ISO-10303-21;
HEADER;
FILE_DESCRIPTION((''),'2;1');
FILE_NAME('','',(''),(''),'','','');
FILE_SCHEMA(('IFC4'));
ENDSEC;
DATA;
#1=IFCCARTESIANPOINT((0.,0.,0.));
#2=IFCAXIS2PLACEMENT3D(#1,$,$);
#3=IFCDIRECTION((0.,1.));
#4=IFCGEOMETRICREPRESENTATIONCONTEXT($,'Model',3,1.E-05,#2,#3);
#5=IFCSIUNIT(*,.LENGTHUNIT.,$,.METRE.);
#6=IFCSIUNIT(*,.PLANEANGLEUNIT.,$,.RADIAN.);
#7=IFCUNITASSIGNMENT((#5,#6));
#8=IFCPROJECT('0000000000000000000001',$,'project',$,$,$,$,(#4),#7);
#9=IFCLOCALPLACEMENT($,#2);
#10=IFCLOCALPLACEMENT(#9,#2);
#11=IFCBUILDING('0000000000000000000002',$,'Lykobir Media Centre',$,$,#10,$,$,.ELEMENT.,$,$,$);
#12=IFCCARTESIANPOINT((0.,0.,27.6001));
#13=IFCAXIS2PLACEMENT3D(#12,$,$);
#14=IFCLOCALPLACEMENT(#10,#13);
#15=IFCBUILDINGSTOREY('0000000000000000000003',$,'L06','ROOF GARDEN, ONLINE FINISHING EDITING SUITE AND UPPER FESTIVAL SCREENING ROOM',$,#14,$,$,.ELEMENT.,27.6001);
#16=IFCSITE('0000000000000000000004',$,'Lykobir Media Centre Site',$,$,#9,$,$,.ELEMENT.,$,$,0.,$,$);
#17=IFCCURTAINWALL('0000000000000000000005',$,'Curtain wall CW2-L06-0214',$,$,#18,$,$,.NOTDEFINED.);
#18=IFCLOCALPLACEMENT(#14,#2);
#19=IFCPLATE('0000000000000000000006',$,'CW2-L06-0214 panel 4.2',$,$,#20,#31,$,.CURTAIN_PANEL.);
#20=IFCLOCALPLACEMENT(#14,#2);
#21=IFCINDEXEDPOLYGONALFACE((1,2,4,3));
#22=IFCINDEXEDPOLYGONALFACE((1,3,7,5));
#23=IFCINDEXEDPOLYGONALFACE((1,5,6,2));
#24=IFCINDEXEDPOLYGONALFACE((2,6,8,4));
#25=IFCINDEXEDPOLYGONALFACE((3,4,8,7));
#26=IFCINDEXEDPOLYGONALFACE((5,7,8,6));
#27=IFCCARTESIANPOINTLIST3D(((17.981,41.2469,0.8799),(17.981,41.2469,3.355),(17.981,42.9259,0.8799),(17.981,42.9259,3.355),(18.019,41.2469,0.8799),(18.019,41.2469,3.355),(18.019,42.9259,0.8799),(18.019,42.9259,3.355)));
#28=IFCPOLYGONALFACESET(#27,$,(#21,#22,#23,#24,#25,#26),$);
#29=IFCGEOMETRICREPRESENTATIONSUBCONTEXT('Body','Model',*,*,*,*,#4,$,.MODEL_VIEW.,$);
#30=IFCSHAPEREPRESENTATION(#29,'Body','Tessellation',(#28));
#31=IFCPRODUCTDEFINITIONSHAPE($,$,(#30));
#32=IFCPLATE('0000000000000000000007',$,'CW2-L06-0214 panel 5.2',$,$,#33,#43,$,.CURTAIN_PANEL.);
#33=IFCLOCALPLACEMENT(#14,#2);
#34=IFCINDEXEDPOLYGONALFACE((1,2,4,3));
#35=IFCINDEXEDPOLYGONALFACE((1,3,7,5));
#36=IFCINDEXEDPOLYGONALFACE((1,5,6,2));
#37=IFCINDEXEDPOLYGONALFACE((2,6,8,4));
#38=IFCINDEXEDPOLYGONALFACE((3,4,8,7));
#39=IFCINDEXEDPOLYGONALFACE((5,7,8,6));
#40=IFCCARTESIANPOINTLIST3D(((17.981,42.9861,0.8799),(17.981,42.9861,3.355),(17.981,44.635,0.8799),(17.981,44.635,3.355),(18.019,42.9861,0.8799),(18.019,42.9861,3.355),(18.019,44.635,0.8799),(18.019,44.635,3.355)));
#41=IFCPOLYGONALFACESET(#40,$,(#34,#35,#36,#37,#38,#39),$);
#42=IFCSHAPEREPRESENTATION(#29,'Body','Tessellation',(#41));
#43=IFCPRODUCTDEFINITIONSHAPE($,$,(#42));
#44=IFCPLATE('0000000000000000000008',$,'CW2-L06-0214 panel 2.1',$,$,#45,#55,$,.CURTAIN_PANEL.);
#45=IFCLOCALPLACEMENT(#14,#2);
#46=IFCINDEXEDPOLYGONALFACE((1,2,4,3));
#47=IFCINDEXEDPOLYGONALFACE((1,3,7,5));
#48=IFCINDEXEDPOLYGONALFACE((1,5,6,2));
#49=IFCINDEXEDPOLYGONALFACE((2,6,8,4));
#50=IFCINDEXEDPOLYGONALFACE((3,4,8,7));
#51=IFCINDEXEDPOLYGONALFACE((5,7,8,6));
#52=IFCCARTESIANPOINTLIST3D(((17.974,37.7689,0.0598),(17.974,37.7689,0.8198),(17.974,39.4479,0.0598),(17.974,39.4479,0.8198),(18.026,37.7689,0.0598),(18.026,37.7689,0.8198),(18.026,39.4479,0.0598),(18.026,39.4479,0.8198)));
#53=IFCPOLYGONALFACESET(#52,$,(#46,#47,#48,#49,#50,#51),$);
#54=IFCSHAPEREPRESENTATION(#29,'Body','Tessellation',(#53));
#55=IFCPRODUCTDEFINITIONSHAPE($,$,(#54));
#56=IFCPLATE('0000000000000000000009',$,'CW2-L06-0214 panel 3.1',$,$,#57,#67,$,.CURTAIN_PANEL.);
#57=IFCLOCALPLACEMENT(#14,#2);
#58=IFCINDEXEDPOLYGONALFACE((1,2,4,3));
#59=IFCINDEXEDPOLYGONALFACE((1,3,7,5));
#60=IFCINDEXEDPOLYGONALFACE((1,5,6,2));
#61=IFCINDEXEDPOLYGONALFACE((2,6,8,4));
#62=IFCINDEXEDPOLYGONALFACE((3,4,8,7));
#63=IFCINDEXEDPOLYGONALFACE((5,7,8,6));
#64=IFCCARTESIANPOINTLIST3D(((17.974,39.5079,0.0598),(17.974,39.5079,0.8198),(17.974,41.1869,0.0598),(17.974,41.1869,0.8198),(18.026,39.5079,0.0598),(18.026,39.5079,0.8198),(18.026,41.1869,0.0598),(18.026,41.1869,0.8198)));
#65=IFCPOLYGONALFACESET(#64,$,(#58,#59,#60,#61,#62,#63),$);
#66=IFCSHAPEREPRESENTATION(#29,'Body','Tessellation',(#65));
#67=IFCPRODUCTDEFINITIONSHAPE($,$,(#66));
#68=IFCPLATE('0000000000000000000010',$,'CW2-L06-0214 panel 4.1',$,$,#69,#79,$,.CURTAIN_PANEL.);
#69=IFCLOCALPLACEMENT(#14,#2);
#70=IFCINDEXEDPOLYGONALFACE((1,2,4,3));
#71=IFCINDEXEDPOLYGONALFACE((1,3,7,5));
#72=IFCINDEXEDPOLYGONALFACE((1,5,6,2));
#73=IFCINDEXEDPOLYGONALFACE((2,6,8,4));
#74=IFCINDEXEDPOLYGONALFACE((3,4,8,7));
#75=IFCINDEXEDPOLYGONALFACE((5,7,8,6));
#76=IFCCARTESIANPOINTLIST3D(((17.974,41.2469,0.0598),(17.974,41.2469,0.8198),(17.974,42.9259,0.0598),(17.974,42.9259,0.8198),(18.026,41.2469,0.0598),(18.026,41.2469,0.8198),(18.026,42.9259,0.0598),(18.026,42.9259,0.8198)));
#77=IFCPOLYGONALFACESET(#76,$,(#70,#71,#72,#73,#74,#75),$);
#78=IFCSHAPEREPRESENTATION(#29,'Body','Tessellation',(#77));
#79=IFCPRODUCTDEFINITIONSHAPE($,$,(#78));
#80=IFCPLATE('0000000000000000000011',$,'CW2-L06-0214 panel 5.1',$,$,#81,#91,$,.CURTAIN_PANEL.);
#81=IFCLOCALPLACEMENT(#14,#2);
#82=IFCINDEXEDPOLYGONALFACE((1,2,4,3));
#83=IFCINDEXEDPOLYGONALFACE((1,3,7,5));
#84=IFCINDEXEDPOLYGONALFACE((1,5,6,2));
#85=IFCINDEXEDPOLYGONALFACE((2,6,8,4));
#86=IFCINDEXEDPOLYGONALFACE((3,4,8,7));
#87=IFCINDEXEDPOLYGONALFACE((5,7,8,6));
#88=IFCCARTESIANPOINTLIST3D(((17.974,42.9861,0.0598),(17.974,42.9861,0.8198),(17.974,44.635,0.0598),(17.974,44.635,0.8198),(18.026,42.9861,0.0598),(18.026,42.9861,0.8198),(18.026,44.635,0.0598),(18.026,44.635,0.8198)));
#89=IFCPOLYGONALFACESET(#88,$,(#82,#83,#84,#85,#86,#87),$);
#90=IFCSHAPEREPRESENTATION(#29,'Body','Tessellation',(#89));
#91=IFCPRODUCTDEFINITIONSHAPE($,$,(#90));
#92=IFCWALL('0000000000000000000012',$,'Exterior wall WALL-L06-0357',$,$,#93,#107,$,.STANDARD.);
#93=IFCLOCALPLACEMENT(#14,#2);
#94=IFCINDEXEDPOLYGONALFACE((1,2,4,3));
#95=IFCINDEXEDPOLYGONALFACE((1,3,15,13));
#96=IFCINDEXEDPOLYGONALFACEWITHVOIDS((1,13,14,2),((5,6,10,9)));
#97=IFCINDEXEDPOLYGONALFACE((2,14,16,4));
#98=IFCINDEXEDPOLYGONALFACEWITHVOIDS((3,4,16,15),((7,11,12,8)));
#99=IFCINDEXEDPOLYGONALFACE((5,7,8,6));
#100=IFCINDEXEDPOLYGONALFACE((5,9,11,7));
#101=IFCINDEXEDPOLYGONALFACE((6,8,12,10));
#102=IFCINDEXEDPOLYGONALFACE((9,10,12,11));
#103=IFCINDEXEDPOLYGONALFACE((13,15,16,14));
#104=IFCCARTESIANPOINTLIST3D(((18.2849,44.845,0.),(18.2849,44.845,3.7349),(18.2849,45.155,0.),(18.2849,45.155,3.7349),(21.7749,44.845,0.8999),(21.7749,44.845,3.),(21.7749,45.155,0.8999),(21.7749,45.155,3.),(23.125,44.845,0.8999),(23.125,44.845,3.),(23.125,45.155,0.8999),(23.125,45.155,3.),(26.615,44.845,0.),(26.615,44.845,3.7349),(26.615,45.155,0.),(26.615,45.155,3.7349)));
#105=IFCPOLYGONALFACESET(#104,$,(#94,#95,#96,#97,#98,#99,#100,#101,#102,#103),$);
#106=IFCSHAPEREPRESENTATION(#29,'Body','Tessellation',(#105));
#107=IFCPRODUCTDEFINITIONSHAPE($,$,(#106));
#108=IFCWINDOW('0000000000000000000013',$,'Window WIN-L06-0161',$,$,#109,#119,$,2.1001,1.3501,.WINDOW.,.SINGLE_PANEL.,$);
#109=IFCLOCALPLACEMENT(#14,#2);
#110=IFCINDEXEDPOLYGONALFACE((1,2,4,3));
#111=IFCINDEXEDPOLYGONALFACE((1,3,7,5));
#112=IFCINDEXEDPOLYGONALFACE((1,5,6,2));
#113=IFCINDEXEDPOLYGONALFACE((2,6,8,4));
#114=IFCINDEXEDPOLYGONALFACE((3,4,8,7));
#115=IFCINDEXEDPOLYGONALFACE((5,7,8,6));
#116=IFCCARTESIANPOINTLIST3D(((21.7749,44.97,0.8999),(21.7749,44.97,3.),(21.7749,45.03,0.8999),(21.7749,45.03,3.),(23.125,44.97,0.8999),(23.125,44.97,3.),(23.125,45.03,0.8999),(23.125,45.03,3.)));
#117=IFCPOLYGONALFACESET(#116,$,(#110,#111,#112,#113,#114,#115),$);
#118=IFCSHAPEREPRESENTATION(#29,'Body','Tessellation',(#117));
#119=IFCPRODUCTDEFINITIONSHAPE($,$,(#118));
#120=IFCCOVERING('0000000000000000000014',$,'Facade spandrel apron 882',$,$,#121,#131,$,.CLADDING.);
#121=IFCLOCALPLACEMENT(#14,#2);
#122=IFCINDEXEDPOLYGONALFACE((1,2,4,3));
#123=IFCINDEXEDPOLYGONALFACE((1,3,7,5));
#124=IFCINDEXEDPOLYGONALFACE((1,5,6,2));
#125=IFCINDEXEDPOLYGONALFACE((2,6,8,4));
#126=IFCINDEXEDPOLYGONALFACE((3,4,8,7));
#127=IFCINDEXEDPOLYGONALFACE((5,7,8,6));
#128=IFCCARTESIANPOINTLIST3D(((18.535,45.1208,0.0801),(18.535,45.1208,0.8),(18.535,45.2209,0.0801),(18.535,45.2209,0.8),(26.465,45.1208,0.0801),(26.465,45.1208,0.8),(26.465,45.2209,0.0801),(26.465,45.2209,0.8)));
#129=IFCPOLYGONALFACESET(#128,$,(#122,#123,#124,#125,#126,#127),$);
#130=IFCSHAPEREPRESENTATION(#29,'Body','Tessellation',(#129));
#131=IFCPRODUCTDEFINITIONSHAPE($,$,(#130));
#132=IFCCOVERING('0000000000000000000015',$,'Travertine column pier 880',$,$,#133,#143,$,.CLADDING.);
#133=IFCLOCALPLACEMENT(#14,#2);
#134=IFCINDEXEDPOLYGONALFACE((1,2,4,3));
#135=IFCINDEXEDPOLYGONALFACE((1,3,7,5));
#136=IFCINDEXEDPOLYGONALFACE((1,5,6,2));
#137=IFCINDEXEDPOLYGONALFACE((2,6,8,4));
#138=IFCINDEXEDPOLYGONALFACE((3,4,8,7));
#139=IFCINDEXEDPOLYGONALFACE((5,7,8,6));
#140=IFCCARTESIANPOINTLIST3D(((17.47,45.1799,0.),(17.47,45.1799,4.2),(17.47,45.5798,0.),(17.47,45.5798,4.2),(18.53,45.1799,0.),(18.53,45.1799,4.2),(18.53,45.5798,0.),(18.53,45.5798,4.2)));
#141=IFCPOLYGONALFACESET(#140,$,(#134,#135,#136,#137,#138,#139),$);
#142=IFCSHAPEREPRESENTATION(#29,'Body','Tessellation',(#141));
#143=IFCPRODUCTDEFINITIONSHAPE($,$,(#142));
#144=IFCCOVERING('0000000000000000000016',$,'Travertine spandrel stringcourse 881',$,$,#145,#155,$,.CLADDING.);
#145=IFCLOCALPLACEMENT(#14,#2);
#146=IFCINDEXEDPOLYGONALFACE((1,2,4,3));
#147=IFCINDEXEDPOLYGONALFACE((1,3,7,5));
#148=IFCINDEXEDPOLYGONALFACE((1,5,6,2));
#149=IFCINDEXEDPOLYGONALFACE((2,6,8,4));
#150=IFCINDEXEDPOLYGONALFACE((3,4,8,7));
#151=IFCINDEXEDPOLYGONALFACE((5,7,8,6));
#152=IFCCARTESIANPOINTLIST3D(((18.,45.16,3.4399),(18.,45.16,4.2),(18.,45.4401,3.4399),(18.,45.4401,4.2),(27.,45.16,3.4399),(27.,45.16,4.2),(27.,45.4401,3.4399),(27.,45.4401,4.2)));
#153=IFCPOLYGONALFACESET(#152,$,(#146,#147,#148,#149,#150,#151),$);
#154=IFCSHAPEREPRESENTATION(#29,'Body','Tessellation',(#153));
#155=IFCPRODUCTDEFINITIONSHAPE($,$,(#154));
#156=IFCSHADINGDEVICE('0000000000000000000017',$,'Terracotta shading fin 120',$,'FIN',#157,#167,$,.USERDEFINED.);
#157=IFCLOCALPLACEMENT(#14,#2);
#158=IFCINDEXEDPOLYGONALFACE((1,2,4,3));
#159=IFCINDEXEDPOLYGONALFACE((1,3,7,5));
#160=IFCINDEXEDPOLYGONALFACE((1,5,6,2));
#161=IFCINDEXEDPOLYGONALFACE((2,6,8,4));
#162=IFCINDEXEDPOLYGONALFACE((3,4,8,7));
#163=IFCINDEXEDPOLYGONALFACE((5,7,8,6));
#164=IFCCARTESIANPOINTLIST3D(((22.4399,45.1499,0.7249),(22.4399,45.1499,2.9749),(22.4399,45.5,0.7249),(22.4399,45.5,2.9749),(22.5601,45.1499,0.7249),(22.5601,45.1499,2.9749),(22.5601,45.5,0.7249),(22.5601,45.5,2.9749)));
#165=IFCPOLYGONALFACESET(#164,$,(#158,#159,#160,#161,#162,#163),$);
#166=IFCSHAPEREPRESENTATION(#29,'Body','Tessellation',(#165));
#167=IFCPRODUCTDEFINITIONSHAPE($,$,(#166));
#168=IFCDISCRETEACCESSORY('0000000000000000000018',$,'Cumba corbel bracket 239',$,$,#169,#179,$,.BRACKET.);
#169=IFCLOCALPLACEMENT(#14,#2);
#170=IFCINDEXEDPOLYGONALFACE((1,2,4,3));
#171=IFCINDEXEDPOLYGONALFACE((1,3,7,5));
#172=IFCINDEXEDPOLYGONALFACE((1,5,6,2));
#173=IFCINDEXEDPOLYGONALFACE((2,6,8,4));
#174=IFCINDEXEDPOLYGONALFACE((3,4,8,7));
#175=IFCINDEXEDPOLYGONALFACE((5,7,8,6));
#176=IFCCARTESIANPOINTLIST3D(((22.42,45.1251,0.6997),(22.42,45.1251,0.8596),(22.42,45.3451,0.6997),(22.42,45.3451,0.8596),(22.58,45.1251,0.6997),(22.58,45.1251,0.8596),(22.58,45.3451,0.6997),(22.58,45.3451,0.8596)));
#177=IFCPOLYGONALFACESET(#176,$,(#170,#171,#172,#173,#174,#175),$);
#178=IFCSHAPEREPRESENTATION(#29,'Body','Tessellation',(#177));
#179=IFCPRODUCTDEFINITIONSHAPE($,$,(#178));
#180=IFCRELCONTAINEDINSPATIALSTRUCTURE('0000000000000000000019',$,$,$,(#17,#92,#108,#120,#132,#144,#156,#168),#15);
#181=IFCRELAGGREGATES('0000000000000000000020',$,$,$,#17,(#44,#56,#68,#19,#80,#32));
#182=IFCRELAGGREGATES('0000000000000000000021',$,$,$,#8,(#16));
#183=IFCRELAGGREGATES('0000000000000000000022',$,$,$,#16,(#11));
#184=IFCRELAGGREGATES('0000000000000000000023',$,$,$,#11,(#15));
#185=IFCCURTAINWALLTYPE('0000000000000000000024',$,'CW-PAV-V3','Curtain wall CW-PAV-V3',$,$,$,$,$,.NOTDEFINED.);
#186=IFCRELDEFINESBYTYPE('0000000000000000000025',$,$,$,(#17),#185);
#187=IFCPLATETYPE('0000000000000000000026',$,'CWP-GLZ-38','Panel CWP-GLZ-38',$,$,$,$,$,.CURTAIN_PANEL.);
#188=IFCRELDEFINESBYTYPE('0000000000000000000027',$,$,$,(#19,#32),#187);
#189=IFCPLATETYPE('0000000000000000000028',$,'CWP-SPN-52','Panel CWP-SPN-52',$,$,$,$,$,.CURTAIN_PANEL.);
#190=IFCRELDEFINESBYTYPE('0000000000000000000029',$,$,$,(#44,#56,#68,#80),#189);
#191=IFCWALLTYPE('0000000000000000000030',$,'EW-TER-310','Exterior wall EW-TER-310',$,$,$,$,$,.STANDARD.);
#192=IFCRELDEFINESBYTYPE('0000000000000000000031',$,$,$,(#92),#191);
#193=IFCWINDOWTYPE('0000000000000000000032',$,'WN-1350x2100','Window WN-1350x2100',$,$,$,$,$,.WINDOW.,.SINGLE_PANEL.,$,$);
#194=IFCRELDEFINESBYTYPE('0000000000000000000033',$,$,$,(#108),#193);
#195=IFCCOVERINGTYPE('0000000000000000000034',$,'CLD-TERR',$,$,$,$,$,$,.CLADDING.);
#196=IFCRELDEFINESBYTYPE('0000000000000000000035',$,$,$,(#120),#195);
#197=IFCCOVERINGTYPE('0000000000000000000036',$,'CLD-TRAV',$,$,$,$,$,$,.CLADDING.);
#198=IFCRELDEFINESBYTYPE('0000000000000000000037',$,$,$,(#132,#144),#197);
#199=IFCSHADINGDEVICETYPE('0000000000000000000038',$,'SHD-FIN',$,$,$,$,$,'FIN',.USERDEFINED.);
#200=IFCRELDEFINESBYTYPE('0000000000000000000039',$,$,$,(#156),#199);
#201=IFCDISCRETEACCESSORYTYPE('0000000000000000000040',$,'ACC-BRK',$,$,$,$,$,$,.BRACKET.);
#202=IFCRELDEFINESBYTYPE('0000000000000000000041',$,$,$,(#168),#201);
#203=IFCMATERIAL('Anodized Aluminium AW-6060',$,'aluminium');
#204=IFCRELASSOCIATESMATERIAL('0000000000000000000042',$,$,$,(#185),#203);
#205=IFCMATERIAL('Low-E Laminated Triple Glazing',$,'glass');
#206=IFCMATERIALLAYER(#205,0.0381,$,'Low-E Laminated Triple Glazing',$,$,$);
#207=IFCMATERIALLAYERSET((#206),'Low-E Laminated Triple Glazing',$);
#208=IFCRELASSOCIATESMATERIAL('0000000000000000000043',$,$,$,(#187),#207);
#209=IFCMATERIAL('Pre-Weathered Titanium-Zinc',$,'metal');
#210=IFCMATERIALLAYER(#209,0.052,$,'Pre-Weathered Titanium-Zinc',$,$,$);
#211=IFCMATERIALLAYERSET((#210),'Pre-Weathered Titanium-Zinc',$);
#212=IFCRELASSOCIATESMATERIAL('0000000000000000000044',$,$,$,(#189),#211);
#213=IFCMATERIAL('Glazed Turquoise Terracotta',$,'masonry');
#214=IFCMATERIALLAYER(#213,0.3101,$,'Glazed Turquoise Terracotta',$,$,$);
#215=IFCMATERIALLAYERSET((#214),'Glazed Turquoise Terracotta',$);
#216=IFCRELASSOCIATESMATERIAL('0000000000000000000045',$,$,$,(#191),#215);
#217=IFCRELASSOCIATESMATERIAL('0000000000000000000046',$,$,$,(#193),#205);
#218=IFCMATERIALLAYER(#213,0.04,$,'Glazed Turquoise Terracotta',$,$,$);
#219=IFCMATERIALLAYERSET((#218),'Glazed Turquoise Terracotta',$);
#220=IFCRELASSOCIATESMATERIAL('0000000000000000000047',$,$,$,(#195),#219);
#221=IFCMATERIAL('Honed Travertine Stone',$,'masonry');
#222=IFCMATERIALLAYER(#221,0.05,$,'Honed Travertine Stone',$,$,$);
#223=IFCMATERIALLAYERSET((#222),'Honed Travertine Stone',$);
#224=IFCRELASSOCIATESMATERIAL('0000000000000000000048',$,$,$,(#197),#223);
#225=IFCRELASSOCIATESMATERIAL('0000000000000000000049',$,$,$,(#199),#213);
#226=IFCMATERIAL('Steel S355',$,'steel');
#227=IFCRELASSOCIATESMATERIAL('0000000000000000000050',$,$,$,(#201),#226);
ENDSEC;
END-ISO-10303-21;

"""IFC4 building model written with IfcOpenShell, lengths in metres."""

from ifc_helpers import new_model, si_unit, direction, frame, frame_2d, origin, origin_2d, place, context, subcontext, project, spatial, rectangle, extrude, material, layer, layer_set, type_object, element, fill, aggregate, save


model = new_model("IFC4")

# Units and contexts
model_context = context("Model", 3, precision=1e-05, world=origin(), true_north=direction((0.0, 1.0)))
body_context = subcontext(model_context, "Body", "Model", "MODEL_VIEW")
ifc_project = project(units=[si_unit("LENGTHUNIT", "METRE"), si_unit("PLANEANGLEUNIT", "RADIAN")], contexts=[model_context])

# Site, building, storey
site_placement = place(None, origin())
site = spatial("IfcSite", under=ifc_project, at=site_placement, Name="Lykobir Media Centre Site", CompositionType="ELEMENT", RefElevation=0.0)
building_placement = place(site_placement, origin())
building = spatial("IfcBuilding", under=site, at=building_placement, Name="Lykobir Media Centre", CompositionType="ELEMENT")
storey_placement = place(building_placement, frame((0.0, 0.0, 27.6001)))
storey = spatial("IfcBuildingStorey", under=building, at=storey_placement, Name="L06", Description="ROOF GARDEN, ONLINE FINISHING EDITING SUITE AND UPPER FESTIVAL SCREENING ROOM", CompositionType="ELEMENT", Elevation=27.6001)

# Curtain wall
ifc_material_1 = material(Name="Anodized Aluminium AW-6060", Category="aluminium")
curtain_wall_type = type_object("IfcCurtainWallType", Name="CW-PAV-V3", Description="Curtain wall CW-PAV-V3", PredefinedType="NOTDEFINED", material=ifc_material_1)
curtain_wall_placement = place(storey_placement, origin())
curtain_wall = element("IfcCurtainWall", 1, at=curtain_wall_placement, inside=storey, type_object=curtain_wall_type, Name="Curtain wall CW2-L06-0214", PredefinedType="NOTDEFINED")

# Shared definitions
ifc_material_2 = material(Name="Steel S355", Category="steel")

# Plates
ifc_material_3 = material(Name="Low-E Laminated Triple Glazing", Category="glass")
ifc_layer_1 = layer(ifc_material_3, 0.0381, Name="Low-E Laminated Triple Glazing")
ifc_layer_set_1 = layer_set([ifc_layer_1], Name="Low-E Laminated Triple Glazing")
plate_type_1 = type_object("IfcPlateType", Name="CWP-GLZ-38", Description="Panel CWP-GLZ-38", PredefinedType="CURTAIN_PANEL", material=ifc_layer_set_1)
plate_1_placement = place(storey_placement, frame((18.0, 42.0864, 0.8799), z_axis=(0.0, 0.0, 1.0), x_axis=(0.0, 1.0, 0.0)))
plate_1 = element("IfcPlate", 2, at=plate_1_placement, type_object=plate_type_1, Name="CW2-L06-0214 panel 4.2", PredefinedType="CURTAIN_PANEL", context=body_context, shape_type="SweptSolid", body=[
    extrude(rectangle(XDim=1.679, YDim=0.0381, at=origin_2d()), origin(), (0.0, 0.0, 1.0), 2.4751),
])
plate_2_placement = place(storey_placement, frame((18.0, 43.8105, 0.8799), z_axis=(0.0, 0.0, 1.0), x_axis=(0.0, 1.0, 0.0)))
plate_2 = element("IfcPlate", 3, at=plate_2_placement, type_object=plate_type_1, Name="CW2-L06-0214 panel 5.2", PredefinedType="CURTAIN_PANEL", context=body_context, shape_type="SweptSolid", body=[
    extrude(rectangle(XDim=1.6489, YDim=0.0381, at=origin_2d()), origin(), (0.0, 0.0, 1.0), 2.4751),
])
ifc_material_4 = material(Name="Pre-Weathered Titanium-Zinc", Category="metal")
ifc_layer_2 = layer(ifc_material_4, 0.052, Name="Pre-Weathered Titanium-Zinc")
ifc_layer_set_2 = layer_set([ifc_layer_2], Name="Pre-Weathered Titanium-Zinc")
plate_type_2 = type_object("IfcPlateType", Name="CWP-SPN-52", Description="Panel CWP-SPN-52", PredefinedType="CURTAIN_PANEL", material=ifc_layer_set_2)
plate_3_placement = place(storey_placement, frame((18.0, 38.6084, 0.0598), z_axis=(0.0, 0.0, 1.0), x_axis=(0.0, 1.0, 0.0)))
plate_3 = element("IfcPlate", 4, at=plate_3_placement, type_object=plate_type_2, Name="CW2-L06-0214 panel 2.1", PredefinedType="CURTAIN_PANEL", context=body_context, shape_type="SweptSolid", body=[
    extrude(rectangle(XDim=1.679, YDim=0.052, at=origin_2d()), origin(), (0.0, 0.0, 1.0), 0.76),
])
plate_4_placement = place(storey_placement, frame((18.0, 40.3474, 0.0598), z_axis=(0.0, 0.0, 1.0), x_axis=(0.0, 1.0, 0.0)))
plate_4 = element("IfcPlate", 5, at=plate_4_placement, type_object=plate_type_2, Name="CW2-L06-0214 panel 3.1", PredefinedType="CURTAIN_PANEL", context=body_context, shape_type="SweptSolid", body=[
    extrude(rectangle(XDim=1.679, YDim=0.052, at=origin_2d()), origin(), (0.0, 0.0, 1.0), 0.76),
])
plate_5_placement = place(storey_placement, frame((18.0, 42.0864, 0.0598), z_axis=(0.0, 0.0, 1.0), x_axis=(0.0, 1.0, 0.0)))
plate_5 = element("IfcPlate", 6, at=plate_5_placement, type_object=plate_type_2, Name="CW2-L06-0214 panel 4.1", PredefinedType="CURTAIN_PANEL", context=body_context, shape_type="SweptSolid", body=[
    extrude(rectangle(XDim=1.679, YDim=0.052, at=origin_2d()), origin(), (0.0, 0.0, 1.0), 0.76),
])
plate_6_placement = place(storey_placement, frame((18.0, 43.8105, 0.0598), z_axis=(0.0, 0.0, 1.0), x_axis=(0.0, 1.0, 0.0)))
plate_6 = element("IfcPlate", 7, at=plate_6_placement, type_object=plate_type_2, Name="CW2-L06-0214 panel 5.1", PredefinedType="CURTAIN_PANEL", context=body_context, shape_type="SweptSolid", body=[
    extrude(rectangle(XDim=1.6489, YDim=0.052, at=origin_2d()), origin(), (0.0, 0.0, 1.0), 0.76),
])
aggregate(curtain_wall, [plate_3, plate_4, plate_5, plate_1, plate_6, plate_2])

# Wall, opening, window
ifc_material_5 = material(Name="Glazed Turquoise Terracotta", Category="masonry")
ifc_layer_3 = layer(ifc_material_5, 0.3101, Name="Glazed Turquoise Terracotta")
ifc_layer_set_3 = layer_set([ifc_layer_3], Name="Glazed Turquoise Terracotta")
wall_type = type_object("IfcWallType", Name="EW-TER-310", Description="Exterior wall EW-TER-310", PredefinedType="STANDARD", material=ifc_layer_set_3)
wall_placement = place(storey_placement, frame((26.615, 45.0, 0.0), z_axis=(0.0, 0.0, 1.0), x_axis=(-1.0, 0.0, 0.0)))
wall = element("IfcWall", 8, at=wall_placement, inside=storey, type_object=wall_type, Name="Exterior wall WALL-L06-0357", PredefinedType="STANDARD", context=body_context, shape_type="SweptSolid", body=[
    extrude(rectangle(XDim=8.3301, YDim=0.3101, at=frame_2d((4.165, 0.0))), origin(), (0.0, 0.0, 1.0), 3.7349),
])
opening_placement = place(wall_placement, frame((3.49, 0.0, 0.8999)))
opening = element("IfcOpeningElement", 9, at=opening_placement, cuts=wall, PredefinedType="OPENING", context=body_context, shape_type="SweptSolid", body=[
    extrude(rectangle(XDim=1.3501, YDim=2.1001, at=frame_2d((0.675, 1.05))), frame((0.0, 0.165, 0.0), z_axis=(0.0, -1.0, 0.0), x_axis=(1.0, 0.0, 0.0)), (0.0, 0.0, 1.0), 0.3301),
])
window_type = type_object("IfcWindowType", Name="WN-1350x2100", Description="Window WN-1350x2100", PartitioningType="SINGLE_PANEL", PredefinedType="WINDOW", material=ifc_material_3)
window_placement = place(opening_placement, origin())
window = element("IfcWindow", 10, at=window_placement, inside=storey, type_object=window_type, Name="Window WIN-L06-0161", OverallHeight=2.1001, OverallWidth=1.3501, PartitioningType="SINGLE_PANEL", PredefinedType="WINDOW", context=body_context, shape_type="SweptSolid", body=[
    extrude(rectangle(XDim=1.3501, YDim=2.1001, at=frame_2d((0.675, 1.05))), frame((0.0, 0.03, 0.0), z_axis=(0.0, -1.0, 0.0), x_axis=(1.0, 0.0, 0.0)), (0.0, 0.0, 1.0), 0.0601),
])
fill(opening, window)

# Coverings
ifc_layer_4 = layer(ifc_material_5, 0.04, Name="Glazed Turquoise Terracotta")
ifc_layer_set_4 = layer_set([ifc_layer_4], Name="Glazed Turquoise Terracotta")
covering_type_1 = type_object("IfcCoveringType", Name="CLD-TERR", PredefinedType="CLADDING", material=ifc_layer_set_4)
covering_1_placement = place(storey_placement, frame((22.5, 45.1709, 0.0801), z_axis=(0.0, 0.0, 1.0), x_axis=(-1.0, 0.0, 0.0)))
element("IfcCovering", 11, at=covering_1_placement, inside=storey, type_object=covering_type_1, Name="Facade spandrel apron 882", PredefinedType="CLADDING", context=body_context, shape_type="SweptSolid", body=[
    extrude(rectangle(XDim=7.9299, YDim=0.1001, at=origin_2d()), origin(), (0.0, 0.0, 1.0), 0.72),
])
ifc_material_6 = material(Name="Honed Travertine Stone", Category="masonry")
ifc_layer_5 = layer(ifc_material_6, 0.05, Name="Honed Travertine Stone")
ifc_layer_set_5 = layer_set([ifc_layer_5], Name="Honed Travertine Stone")
covering_type_2 = type_object("IfcCoveringType", Name="CLD-TRAV", PredefinedType="CLADDING", material=ifc_layer_set_5)
covering_2_placement = place(storey_placement, frame((18.0, 45.3799, 0.0), z_axis=(0.0, 0.0, 1.0), x_axis=(-1.0, 0.0, 0.0)))
element("IfcCovering", 12, at=covering_2_placement, inside=storey, type_object=covering_type_2, Name="Travertine column pier 880", PredefinedType="CLADDING", context=body_context, shape_type="SweptSolid", body=[
    extrude(rectangle(XDim=1.0601, YDim=0.3999, at=origin_2d()), origin(), (0.0, 0.0, 1.0), 4.2),
])
covering_3_placement = place(storey_placement, frame((22.5, 45.3, 3.4399), z_axis=(0.0, 0.0, 1.0), x_axis=(-1.0, 0.0, 0.0)))
element("IfcCovering", 13, at=covering_3_placement, inside=storey, type_object=covering_type_2, Name="Travertine spandrel stringcourse 881", PredefinedType="CLADDING", context=body_context, shape_type="SweptSolid", body=[
    extrude(rectangle(XDim=9.0, YDim=0.28, at=origin_2d()), origin(), (0.0, 0.0, 1.0), 0.76),
])

# Shading device
shading_device_type = type_object("IfcShadingDeviceType", Name="SHD-FIN", ElementType="FIN", PredefinedType="USERDEFINED", material=ifc_material_5)
shading_device_placement = place(storey_placement, frame((22.5, 45.325, 0.7249), z_axis=(0.0, 0.0, 1.0), x_axis=(-1.0, 0.0, 0.0)))
element("IfcShadingDevice", 14, at=shading_device_placement, inside=storey, type_object=shading_device_type, Name="Terracotta shading fin 120", ObjectType="FIN", PredefinedType="USERDEFINED", context=body_context, shape_type="SweptSolid", body=[
    extrude(rectangle(XDim=0.1201, YDim=0.3501, at=origin_2d()), origin(), (0.0, 0.0, 1.0), 2.25),
])

# Discrete accessory
discrete_accessory_type = type_object("IfcDiscreteAccessoryType", Name="ACC-BRK", PredefinedType="BRACKET", material=ifc_material_2)
for number, where, z_axis, x_axis, name in (
    (15, (22.5, 45.2351, 0.6997), (0.0, 0.0, 1.0), (-1.0, 0.0, 0.0), "Cumba corbel bracket 239"),
):
    element("IfcDiscreteAccessory", number, at=place(storey_placement, frame(where, z_axis=z_axis, x_axis=x_axis)), inside=storey, type_object=discrete_accessory_type, Name=name, PredefinedType="BRACKET", context=body_context, shape_type="SweptSolid", body=[
        extrude(rectangle(XDim=0.1599, YDim=0.22, at=origin_2d()), origin(), (0.0, 0.0, 1.0), 0.1599),
    ])

save(model, "model.ifc")
